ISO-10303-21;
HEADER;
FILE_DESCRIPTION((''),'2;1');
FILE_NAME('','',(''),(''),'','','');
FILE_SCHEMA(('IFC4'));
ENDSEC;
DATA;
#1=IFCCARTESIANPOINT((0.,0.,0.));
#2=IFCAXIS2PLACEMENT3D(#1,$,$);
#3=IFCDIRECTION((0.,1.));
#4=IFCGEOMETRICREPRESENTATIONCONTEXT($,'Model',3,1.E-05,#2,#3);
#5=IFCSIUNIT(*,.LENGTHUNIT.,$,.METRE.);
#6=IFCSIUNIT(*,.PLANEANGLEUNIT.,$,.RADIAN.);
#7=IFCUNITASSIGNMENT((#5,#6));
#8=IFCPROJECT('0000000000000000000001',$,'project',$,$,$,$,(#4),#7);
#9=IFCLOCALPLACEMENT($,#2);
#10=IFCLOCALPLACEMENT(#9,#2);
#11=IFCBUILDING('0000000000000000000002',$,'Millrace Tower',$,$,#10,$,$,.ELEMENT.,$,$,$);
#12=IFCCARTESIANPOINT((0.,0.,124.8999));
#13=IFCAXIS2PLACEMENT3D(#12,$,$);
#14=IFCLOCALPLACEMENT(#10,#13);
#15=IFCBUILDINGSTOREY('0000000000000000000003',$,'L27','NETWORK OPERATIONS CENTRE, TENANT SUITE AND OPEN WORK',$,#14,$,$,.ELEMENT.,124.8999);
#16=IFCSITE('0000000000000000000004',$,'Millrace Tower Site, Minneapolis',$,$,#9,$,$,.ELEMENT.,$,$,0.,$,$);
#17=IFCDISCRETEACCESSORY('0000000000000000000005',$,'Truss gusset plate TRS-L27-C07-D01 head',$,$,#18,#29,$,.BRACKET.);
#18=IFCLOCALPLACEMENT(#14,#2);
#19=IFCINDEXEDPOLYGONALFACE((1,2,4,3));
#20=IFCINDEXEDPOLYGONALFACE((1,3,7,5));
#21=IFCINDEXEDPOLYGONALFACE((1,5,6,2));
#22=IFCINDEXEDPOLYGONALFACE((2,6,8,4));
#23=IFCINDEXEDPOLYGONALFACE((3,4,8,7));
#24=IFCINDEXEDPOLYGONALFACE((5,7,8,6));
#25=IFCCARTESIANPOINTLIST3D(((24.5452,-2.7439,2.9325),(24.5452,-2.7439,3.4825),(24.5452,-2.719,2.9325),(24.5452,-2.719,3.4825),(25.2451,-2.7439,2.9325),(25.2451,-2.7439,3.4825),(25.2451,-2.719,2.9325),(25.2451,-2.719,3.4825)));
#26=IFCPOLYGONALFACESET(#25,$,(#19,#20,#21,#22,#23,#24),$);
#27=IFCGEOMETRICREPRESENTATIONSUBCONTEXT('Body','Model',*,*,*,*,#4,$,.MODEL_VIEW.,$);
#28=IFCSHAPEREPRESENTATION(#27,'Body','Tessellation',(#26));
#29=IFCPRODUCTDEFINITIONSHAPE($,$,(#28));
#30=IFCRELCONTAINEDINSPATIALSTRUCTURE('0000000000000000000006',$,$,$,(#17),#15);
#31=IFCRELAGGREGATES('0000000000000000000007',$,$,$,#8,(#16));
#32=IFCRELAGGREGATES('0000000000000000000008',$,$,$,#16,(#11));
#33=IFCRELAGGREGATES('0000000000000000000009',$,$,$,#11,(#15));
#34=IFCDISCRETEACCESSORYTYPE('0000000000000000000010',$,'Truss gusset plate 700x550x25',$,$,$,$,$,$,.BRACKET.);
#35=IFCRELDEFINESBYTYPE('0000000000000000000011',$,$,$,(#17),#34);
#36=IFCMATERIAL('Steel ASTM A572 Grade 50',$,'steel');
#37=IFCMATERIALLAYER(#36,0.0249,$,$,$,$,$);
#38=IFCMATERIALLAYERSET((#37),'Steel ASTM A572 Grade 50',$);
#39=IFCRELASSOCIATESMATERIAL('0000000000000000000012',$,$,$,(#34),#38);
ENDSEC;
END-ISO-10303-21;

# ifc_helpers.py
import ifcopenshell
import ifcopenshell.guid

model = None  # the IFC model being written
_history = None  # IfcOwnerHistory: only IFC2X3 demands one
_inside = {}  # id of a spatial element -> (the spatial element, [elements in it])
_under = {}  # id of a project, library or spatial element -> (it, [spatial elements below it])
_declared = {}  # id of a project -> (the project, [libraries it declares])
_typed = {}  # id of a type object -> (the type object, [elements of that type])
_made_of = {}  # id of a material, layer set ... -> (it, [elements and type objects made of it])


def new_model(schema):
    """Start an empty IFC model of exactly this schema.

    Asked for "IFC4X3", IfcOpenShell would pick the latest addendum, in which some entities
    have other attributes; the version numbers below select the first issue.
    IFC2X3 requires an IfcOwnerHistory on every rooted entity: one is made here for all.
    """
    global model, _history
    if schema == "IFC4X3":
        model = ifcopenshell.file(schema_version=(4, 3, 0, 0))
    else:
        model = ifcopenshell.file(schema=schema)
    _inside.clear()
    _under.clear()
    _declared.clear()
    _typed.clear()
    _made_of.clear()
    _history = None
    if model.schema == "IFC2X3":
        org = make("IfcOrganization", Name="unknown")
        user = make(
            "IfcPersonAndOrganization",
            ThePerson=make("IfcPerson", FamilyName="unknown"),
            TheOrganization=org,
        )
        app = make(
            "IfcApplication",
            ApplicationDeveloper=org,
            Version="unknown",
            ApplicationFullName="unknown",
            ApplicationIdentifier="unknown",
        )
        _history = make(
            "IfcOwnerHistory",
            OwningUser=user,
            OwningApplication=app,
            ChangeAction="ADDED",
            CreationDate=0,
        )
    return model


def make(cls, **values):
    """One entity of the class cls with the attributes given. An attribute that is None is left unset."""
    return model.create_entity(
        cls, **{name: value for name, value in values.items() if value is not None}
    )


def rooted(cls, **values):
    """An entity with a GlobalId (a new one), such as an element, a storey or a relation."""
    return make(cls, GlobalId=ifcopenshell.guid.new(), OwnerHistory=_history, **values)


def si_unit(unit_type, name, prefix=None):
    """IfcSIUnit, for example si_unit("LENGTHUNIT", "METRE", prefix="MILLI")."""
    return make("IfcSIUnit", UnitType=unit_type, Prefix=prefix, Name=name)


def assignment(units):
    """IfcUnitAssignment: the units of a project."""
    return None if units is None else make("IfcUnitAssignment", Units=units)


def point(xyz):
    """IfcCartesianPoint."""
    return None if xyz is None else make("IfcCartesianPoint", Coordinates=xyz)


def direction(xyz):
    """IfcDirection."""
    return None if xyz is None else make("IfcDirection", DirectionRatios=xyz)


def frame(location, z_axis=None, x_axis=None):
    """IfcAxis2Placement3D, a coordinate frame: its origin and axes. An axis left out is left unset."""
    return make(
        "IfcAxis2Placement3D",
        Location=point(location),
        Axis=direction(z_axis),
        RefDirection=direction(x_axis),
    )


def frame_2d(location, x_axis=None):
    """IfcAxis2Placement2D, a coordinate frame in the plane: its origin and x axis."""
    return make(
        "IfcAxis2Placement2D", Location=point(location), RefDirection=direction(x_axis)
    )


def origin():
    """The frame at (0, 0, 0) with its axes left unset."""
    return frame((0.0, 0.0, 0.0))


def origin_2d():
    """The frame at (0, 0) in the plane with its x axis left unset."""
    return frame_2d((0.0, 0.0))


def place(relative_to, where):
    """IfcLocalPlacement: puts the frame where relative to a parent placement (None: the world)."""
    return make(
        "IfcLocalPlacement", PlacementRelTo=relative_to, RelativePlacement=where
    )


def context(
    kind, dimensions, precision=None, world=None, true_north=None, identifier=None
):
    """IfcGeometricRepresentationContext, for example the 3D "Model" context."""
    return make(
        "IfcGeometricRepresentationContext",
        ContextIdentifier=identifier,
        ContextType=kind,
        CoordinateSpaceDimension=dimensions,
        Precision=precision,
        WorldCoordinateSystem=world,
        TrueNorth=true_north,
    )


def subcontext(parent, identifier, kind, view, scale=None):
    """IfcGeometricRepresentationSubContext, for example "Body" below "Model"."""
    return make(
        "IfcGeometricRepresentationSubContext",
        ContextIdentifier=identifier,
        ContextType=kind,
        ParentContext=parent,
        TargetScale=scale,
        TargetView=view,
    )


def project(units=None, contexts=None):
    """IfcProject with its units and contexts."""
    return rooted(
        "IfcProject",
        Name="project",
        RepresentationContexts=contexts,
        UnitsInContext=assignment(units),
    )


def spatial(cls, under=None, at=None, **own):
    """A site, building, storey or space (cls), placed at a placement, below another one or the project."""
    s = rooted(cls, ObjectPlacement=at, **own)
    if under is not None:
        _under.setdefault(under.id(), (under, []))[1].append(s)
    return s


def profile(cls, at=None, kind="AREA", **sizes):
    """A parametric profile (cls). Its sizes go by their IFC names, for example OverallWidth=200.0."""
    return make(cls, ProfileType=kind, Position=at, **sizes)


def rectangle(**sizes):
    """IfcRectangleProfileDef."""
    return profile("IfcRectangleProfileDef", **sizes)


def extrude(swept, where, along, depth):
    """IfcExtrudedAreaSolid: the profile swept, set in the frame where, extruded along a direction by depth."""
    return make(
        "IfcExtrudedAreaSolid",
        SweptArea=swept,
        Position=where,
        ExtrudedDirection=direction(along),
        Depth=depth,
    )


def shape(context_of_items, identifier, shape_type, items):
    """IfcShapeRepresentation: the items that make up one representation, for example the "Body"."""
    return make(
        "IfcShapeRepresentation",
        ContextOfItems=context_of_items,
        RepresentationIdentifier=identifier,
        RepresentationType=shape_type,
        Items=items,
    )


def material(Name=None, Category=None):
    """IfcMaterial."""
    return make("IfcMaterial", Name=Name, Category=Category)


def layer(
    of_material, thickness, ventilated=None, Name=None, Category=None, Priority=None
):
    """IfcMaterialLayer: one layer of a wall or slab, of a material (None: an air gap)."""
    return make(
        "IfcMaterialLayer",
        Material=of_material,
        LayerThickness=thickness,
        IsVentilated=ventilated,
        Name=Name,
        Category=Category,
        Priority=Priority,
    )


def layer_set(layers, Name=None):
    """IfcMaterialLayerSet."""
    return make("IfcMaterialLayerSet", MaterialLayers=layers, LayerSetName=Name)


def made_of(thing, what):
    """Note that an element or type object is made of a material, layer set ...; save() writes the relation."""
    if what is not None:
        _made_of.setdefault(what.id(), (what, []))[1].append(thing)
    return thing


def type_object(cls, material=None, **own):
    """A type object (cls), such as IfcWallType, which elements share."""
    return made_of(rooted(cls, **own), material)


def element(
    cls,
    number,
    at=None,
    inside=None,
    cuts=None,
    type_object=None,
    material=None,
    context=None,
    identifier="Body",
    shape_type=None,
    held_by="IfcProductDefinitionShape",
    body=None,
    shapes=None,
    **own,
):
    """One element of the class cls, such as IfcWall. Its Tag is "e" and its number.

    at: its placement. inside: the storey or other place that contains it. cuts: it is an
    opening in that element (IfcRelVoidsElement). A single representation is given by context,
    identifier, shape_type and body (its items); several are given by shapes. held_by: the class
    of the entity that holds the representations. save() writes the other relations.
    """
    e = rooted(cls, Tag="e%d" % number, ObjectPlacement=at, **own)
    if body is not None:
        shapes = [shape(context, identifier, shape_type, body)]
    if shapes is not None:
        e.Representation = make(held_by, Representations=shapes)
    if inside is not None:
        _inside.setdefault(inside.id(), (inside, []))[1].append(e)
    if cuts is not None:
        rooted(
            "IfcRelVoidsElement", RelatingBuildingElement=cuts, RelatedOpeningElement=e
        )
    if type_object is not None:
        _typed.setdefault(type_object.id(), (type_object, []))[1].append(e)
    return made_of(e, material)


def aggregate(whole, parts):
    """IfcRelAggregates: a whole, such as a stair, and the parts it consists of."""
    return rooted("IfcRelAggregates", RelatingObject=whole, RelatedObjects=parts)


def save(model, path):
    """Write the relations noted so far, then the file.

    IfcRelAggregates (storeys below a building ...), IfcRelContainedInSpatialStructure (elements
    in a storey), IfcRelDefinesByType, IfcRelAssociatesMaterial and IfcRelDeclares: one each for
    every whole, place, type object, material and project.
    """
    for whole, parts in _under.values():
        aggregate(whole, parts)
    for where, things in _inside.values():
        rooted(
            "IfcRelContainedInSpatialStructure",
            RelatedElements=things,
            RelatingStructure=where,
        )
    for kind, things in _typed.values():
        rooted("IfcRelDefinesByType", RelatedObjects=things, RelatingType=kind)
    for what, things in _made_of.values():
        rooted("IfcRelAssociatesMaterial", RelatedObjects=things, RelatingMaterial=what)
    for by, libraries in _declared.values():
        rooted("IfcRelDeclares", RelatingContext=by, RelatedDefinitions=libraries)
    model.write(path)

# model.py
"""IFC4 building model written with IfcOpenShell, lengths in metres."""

from ifc_helpers import new_model, si_unit, direction, frame, origin, origin_2d, place, context, subcontext, project, spatial, rectangle, extrude, material, layer, layer_set, type_object, element, save


model = new_model("IFC4")

# Units and contexts
model_context = context("Model", 3, precision=1e-05, world=origin(), true_north=direction((0.0, 1.0)))
body_context = subcontext(model_context, "Body", "Model", "MODEL_VIEW")
ifc_project = project(units=[si_unit("LENGTHUNIT", "METRE"), si_unit("PLANEANGLEUNIT", "RADIAN")], contexts=[model_context])

# Site, building, storey
site_placement = place(None, origin())
site = spatial("IfcSite", under=ifc_project, at=site_placement, Name="Millrace Tower Site, Minneapolis", CompositionType="ELEMENT", RefElevation=0.0)
building_placement = place(site_placement, origin())
building = spatial("IfcBuilding", under=site, at=building_placement, Name="Millrace Tower", CompositionType="ELEMENT")
storey_placement = place(building_placement, frame((0.0, 0.0, 124.8999)))
storey = spatial("IfcBuildingStorey", under=building, at=storey_placement, Name="L27", Description="NETWORK OPERATIONS CENTRE, TENANT SUITE AND OPEN WORK", CompositionType="ELEMENT", Elevation=124.8999)

# Discrete accessory
ifc_material_1 = material(Name="Steel ASTM A572 Grade 50", Category="steel")
ifc_layer_1 = layer(ifc_material_1, 0.0249)
ifc_layer_set_1 = layer_set([ifc_layer_1], Name="Steel ASTM A572 Grade 50")
discrete_accessory_type_1 = type_object("IfcDiscreteAccessoryType", Name="Truss gusset plate 700x550x25", PredefinedType="BRACKET", material=ifc_layer_set_1)
for number, where, z_axis, x_axis, name in (
    (1, (24.5452, -2.7314, 3.2075), (1.0, 0.0, 0.0), (0.0, 1.0, 0.0), "Truss gusset plate TRS-L27-C07-D01 head"),
):
    element("IfcDiscreteAccessory", number, at=place(storey_placement, frame(where, z_axis=z_axis, x_axis=x_axis)), inside=storey, type_object=discrete_accessory_type_1, Name=name, PredefinedType="BRACKET", context=body_context, shape_type="SweptSolid", body=[
        extrude(rectangle(XDim=0.0249, YDim=0.55, at=origin_2d()), origin(), (0.0, 0.0, 1.0), 0.7),
    ])

save(model, "model.ifc")
